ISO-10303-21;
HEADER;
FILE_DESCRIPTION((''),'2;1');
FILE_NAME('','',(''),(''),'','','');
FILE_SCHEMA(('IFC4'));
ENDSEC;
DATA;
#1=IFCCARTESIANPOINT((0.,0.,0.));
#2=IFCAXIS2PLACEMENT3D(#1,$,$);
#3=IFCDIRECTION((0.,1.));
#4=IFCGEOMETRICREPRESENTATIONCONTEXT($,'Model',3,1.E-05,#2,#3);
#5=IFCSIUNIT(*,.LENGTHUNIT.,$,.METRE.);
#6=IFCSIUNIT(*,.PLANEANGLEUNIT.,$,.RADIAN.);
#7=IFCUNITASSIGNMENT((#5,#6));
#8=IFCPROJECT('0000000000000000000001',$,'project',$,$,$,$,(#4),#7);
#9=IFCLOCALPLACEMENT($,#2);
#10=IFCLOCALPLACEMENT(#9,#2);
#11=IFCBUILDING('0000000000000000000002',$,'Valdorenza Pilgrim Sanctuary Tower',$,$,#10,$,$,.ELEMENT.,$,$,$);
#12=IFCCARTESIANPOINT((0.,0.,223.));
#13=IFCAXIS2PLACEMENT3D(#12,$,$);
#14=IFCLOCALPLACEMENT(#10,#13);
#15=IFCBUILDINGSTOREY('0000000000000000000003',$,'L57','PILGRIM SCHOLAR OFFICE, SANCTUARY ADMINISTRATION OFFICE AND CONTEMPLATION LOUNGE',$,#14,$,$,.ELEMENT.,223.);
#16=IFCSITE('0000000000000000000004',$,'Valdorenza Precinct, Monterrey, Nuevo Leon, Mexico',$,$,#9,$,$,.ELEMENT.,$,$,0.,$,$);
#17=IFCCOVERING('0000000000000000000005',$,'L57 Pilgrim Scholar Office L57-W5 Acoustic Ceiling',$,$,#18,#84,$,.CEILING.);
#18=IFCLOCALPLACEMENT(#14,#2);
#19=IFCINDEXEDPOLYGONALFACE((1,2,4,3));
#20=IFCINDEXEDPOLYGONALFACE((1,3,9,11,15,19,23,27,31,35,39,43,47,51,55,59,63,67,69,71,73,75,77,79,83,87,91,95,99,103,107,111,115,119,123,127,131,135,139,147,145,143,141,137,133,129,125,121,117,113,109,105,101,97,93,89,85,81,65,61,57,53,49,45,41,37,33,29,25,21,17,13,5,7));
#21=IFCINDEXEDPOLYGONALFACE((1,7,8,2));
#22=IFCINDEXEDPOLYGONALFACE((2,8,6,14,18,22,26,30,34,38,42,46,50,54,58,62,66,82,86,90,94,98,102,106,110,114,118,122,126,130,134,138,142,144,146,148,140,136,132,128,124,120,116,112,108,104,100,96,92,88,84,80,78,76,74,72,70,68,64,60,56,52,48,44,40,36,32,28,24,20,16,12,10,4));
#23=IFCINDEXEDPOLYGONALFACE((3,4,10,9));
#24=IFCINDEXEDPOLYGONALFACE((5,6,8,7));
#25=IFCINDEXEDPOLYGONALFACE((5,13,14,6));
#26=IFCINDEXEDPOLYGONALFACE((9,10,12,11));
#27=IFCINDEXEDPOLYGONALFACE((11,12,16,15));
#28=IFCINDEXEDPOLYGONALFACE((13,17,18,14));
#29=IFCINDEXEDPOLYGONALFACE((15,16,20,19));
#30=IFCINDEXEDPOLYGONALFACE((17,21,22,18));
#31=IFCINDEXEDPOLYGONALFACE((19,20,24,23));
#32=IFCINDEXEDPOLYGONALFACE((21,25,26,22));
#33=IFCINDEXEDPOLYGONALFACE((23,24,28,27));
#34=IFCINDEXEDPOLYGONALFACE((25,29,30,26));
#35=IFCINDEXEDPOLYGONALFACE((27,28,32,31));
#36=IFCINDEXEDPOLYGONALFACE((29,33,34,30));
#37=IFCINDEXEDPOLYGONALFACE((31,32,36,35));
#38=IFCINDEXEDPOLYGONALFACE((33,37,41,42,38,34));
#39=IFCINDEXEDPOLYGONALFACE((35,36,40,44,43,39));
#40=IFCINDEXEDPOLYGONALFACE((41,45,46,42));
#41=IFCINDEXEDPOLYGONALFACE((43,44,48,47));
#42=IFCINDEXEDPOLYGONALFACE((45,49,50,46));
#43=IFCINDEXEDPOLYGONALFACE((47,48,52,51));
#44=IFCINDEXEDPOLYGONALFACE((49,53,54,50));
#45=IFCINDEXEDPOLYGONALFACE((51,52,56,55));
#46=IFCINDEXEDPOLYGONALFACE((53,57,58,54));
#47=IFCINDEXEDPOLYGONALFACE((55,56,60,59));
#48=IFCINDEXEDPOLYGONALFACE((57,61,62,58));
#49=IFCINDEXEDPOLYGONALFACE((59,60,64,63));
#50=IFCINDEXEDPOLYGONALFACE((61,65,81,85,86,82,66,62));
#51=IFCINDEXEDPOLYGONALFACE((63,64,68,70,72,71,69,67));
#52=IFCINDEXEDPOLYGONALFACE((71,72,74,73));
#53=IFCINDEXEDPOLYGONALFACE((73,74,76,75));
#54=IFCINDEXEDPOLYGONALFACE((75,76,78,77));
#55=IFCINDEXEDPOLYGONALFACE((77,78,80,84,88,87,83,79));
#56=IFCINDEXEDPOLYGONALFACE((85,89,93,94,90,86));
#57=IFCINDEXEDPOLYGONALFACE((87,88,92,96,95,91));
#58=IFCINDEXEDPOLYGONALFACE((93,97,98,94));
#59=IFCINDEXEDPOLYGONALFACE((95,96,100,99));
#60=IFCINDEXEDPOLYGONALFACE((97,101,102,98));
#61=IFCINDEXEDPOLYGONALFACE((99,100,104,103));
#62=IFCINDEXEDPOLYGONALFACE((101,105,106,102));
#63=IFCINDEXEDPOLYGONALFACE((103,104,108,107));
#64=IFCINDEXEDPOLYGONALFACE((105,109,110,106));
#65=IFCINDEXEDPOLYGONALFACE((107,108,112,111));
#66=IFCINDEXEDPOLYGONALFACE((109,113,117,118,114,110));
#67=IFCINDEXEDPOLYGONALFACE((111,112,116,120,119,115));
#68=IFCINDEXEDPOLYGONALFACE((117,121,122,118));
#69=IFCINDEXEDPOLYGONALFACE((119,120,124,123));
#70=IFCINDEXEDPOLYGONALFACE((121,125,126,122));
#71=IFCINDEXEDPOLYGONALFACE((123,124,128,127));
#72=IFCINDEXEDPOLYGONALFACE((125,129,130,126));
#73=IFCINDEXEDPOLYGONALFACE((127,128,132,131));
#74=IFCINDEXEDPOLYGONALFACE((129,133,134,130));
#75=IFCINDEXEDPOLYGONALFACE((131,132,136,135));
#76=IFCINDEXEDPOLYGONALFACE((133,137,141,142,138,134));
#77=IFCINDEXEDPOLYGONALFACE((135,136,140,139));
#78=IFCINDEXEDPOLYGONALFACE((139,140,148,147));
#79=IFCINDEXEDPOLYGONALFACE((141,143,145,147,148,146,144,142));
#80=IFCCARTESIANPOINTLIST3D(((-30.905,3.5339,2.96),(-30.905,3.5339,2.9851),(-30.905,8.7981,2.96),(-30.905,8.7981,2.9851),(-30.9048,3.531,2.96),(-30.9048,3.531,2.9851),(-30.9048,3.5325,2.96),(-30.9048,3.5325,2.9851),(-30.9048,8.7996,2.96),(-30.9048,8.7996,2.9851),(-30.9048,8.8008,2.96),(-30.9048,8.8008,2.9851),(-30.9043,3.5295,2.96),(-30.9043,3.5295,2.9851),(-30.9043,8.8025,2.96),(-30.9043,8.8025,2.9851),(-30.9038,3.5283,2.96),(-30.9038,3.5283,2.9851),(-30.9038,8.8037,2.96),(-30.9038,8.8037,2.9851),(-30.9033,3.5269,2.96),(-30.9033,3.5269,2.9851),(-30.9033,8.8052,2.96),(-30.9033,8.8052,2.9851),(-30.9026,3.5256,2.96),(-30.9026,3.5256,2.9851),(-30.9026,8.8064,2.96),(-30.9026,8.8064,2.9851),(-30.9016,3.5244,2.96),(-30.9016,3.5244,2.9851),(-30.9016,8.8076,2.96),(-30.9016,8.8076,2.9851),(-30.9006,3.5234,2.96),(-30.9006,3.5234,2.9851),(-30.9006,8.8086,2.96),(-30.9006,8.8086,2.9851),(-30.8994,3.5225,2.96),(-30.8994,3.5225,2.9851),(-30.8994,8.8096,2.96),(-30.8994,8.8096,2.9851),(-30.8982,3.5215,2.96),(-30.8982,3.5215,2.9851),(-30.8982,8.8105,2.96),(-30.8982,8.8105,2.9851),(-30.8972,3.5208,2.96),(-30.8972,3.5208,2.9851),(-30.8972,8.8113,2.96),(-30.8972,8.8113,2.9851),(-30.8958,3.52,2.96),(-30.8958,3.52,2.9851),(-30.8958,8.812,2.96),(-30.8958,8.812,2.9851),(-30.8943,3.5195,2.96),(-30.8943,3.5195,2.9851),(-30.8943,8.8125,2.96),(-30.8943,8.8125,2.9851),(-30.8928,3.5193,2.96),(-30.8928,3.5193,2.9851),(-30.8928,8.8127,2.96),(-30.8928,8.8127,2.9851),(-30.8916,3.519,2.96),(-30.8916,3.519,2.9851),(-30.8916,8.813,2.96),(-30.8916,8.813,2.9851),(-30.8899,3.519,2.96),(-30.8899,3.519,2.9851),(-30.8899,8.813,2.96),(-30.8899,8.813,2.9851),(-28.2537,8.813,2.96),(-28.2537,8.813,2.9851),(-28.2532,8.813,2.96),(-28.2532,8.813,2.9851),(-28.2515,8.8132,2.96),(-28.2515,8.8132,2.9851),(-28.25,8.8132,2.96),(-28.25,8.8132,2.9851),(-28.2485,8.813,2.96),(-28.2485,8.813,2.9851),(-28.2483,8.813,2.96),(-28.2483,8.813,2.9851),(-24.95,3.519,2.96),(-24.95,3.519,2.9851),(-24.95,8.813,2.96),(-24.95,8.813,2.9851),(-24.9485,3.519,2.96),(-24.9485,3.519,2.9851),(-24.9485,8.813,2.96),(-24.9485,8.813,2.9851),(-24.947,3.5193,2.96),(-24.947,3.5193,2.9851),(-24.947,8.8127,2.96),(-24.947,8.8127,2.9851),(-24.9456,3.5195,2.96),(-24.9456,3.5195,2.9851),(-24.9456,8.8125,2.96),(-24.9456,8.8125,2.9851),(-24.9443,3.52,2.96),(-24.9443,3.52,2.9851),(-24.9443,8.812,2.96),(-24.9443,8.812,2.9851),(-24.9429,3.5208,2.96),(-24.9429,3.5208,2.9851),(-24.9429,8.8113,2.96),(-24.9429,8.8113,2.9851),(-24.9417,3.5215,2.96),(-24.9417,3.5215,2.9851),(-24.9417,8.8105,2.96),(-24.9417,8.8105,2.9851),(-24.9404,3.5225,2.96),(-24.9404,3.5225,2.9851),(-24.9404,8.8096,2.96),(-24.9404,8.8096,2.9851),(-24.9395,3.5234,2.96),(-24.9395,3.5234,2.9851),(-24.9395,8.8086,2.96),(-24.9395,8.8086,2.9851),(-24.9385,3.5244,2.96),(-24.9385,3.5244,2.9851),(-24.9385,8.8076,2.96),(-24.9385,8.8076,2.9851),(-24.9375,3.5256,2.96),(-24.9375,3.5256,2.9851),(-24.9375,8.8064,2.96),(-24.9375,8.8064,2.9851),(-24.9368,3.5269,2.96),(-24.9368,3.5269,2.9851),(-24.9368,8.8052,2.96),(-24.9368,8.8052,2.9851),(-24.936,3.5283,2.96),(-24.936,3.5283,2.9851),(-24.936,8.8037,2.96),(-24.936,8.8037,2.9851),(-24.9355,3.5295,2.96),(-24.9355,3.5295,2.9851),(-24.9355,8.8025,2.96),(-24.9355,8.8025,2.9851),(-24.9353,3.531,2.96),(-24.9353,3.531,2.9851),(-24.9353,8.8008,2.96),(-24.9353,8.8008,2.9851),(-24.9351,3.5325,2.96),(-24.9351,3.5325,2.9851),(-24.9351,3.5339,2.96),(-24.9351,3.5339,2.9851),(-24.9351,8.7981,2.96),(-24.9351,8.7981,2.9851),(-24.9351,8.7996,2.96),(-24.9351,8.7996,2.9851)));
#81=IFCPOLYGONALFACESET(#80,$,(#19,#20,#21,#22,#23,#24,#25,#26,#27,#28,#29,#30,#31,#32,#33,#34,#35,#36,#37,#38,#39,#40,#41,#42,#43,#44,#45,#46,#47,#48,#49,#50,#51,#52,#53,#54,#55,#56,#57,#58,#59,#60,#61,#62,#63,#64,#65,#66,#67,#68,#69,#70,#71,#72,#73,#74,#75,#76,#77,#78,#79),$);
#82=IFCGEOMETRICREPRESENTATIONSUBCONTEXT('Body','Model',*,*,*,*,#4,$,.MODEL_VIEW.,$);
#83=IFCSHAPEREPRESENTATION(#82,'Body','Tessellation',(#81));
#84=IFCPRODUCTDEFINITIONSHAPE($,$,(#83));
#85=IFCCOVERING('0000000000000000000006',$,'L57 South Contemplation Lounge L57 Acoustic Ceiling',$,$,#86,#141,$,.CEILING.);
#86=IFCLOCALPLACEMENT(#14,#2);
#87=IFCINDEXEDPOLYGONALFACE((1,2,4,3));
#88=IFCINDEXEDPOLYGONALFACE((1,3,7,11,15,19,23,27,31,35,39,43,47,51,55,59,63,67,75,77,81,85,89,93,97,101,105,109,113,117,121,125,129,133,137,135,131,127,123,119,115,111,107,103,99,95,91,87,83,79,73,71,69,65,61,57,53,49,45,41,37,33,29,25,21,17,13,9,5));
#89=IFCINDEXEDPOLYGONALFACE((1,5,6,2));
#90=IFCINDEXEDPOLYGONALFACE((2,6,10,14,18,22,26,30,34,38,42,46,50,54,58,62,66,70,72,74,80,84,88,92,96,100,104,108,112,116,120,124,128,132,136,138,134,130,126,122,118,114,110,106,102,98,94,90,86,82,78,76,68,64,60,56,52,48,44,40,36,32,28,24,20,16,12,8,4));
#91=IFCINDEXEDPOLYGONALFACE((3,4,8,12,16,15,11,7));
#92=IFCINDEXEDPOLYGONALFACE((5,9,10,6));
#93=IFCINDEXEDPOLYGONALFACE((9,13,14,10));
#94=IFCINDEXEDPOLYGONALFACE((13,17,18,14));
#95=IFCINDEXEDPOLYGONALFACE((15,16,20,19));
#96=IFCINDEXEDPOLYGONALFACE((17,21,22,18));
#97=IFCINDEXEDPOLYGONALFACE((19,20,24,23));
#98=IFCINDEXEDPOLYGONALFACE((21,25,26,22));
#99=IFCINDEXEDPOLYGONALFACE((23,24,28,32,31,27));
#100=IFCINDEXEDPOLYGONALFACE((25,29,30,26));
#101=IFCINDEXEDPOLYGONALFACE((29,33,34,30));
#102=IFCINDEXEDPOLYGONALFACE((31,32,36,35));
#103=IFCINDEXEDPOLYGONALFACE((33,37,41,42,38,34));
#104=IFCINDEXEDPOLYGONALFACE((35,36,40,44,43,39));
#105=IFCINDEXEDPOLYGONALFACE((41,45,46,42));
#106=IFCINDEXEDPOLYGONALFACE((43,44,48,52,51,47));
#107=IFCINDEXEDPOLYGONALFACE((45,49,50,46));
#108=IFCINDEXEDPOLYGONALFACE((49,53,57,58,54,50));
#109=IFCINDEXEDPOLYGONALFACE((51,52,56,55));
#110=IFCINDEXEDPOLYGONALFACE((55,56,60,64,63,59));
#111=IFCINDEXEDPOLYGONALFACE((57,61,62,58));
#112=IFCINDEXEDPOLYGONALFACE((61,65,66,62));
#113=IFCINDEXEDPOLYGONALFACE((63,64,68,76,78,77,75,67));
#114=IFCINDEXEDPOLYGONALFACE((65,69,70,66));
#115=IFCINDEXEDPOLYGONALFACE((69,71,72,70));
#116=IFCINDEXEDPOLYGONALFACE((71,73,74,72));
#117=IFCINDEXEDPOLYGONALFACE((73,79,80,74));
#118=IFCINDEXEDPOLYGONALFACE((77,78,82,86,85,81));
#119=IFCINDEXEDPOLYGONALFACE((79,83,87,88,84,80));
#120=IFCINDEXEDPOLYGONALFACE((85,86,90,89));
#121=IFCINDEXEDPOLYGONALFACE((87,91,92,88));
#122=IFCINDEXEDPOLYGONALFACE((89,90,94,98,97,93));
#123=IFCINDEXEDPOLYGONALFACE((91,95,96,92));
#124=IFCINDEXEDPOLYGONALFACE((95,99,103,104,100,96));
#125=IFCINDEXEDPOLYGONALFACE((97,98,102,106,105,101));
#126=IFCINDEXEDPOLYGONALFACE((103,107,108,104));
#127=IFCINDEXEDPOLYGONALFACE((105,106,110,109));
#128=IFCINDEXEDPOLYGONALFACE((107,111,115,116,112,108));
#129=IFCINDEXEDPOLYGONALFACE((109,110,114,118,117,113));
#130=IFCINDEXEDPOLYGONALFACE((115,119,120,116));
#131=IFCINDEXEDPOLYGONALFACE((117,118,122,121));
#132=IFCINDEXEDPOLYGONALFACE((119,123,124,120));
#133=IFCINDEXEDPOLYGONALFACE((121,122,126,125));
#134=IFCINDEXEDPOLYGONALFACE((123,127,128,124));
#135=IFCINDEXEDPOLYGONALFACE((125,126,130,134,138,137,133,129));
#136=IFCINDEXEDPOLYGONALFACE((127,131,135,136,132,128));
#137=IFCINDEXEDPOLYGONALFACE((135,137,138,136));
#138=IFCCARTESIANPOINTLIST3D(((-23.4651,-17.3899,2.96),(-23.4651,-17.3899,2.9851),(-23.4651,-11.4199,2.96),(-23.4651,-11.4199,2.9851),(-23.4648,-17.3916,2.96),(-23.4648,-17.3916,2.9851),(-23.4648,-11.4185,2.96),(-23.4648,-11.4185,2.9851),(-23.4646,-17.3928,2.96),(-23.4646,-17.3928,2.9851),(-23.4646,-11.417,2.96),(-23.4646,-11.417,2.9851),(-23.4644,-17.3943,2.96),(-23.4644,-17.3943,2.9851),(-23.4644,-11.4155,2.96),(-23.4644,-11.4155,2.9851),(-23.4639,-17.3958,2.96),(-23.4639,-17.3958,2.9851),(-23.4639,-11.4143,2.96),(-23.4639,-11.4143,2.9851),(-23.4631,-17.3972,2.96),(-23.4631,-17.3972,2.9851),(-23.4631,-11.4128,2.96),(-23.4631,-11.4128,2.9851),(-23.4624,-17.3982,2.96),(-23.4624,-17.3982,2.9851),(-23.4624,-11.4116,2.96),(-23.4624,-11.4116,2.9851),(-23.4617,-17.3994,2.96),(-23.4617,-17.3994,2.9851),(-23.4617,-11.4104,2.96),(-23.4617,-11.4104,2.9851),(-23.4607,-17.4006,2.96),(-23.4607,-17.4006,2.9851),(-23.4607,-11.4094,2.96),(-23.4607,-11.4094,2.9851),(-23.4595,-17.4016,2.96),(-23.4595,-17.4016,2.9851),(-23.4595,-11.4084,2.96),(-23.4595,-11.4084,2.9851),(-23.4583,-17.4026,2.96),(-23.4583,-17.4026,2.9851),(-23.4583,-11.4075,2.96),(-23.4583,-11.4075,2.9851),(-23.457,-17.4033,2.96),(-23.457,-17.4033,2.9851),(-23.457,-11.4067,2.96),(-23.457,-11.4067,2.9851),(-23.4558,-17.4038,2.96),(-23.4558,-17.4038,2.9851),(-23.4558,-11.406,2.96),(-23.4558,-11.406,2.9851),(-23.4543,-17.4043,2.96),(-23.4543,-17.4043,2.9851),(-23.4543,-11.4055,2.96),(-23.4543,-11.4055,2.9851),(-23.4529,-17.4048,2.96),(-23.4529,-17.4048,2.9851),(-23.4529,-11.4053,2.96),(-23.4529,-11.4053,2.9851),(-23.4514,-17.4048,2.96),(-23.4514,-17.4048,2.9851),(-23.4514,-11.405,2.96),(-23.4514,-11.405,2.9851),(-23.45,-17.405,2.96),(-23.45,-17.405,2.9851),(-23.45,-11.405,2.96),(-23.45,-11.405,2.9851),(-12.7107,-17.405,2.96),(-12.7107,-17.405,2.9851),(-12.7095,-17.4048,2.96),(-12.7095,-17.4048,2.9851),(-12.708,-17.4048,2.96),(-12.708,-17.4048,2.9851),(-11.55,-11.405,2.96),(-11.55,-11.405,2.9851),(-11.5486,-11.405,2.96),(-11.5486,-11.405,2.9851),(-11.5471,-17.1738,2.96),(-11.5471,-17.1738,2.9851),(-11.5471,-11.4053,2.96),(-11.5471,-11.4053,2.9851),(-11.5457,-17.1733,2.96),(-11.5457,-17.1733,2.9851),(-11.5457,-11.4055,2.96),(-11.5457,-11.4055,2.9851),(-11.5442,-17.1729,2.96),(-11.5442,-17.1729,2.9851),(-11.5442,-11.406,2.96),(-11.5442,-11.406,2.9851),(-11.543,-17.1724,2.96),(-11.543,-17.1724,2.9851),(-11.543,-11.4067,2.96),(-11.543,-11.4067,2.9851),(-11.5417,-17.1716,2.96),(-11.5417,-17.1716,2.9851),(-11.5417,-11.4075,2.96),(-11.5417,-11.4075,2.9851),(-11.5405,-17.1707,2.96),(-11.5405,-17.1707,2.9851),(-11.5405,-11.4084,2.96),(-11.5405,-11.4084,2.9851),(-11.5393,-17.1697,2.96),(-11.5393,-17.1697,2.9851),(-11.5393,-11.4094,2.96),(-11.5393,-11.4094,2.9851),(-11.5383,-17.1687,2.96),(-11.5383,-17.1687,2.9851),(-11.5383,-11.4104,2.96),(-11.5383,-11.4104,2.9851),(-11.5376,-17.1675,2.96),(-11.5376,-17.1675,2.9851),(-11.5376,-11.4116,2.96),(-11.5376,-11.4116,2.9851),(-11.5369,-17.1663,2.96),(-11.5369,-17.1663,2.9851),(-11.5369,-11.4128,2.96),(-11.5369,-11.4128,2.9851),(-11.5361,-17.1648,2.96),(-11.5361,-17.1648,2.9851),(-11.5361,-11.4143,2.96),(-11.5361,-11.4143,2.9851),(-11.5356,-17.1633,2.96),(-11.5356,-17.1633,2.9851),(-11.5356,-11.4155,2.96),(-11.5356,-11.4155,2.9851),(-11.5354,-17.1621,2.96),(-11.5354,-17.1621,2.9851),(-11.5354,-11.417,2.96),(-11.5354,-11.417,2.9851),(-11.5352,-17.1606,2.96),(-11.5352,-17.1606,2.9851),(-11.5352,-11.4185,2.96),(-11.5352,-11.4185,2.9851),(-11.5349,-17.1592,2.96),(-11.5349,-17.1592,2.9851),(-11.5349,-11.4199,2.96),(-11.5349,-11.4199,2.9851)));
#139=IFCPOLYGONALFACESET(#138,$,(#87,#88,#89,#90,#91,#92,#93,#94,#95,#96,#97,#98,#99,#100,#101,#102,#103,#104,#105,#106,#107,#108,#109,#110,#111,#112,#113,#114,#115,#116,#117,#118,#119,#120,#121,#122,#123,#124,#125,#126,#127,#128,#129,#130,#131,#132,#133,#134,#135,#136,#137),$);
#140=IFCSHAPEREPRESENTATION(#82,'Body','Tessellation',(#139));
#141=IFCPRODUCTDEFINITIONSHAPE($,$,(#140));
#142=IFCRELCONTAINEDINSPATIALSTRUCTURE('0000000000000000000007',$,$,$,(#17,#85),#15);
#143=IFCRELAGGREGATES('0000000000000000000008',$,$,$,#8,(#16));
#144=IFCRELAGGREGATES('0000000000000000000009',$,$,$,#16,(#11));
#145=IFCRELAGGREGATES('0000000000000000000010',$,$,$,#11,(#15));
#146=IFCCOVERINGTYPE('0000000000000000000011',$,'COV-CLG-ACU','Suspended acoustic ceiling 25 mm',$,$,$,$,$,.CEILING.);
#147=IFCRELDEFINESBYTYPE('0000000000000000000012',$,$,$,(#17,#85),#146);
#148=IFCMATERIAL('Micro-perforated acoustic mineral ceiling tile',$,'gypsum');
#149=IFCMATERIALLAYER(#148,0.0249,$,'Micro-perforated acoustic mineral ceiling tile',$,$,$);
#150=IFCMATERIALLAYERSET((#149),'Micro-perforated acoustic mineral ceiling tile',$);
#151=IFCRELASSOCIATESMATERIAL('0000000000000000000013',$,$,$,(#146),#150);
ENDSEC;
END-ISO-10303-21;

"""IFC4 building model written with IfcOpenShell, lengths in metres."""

from ifc_helpers import new_model, si_unit, direction, frame, origin, place, context, subcontext, project, spatial, polyline, outline, extrude, material, layer, layer_set, type_object, element, save


model = new_model("IFC4")

# Units and contexts
model_context = context("Model", 3, precision=1e-05, world=origin(), true_north=direction((0.0, 1.0)))
body_context = subcontext(model_context, "Body", "Model", "MODEL_VIEW")
ifc_project = project(units=[si_unit("LENGTHUNIT", "METRE"), si_unit("PLANEANGLEUNIT", "RADIAN")], contexts=[model_context])

# Site, building, storey
site_placement = place(None, origin())
site = spatial("IfcSite", under=ifc_project, at=site_placement, Name="Valdorenza Precinct, Monterrey, Nuevo Leon, Mexico", CompositionType="ELEMENT", RefElevation=0.0)
building_placement = place(site_placement, origin())
building = spatial("IfcBuilding", under=site, at=building_placement, Name="Valdorenza Pilgrim Sanctuary Tower", CompositionType="ELEMENT")
storey_placement = place(building_placement, frame((0.0, 0.0, 223.0)))
storey = spatial("IfcBuildingStorey", under=building, at=storey_placement, Name="L57", Description="PILGRIM SCHOLAR OFFICE, SANCTUARY ADMINISTRATION OFFICE AND CONTEMPLATION LOUNGE", CompositionType="ELEMENT", Elevation=223.0)

# Coverings
ifc_material_1 = material(Name="Micro-perforated acoustic mineral ceiling tile", Category="gypsum")
ifc_layer_1 = layer(ifc_material_1, 0.0249, Name="Micro-perforated acoustic mineral ceiling tile")
ifc_layer_set_1 = layer_set([ifc_layer_1], Name="Micro-perforated acoustic mineral ceiling tile")
covering_type_1 = type_object("IfcCoveringType", Name="COV-CLG-ACU", Description="Suspended acoustic ceiling 25 mm", PredefinedType="CEILING", material=ifc_layer_set_1)
covering_1_placement = place(storey_placement, frame((0.0, 0.0, 2.96)))
element("IfcCovering", 1, at=covering_1_placement, inside=storey, type_object=covering_type_1, Name="L57 Pilgrim Scholar Office L57-W5 Acoustic Ceiling", PredefinedType="CEILING", context=body_context, shape_type="SweptSolid", body=[
    extrude(outline(polyline([(-28.2537, 8.813), (-28.2532, 8.813), (-28.2515, 8.8132), (-28.25, 8.8132), (-28.2485, 8.813), (-28.2483, 8.813), (-24.95, 8.813), (-24.9485, 8.813), (-24.947, 8.8127), (-24.9456, 8.8125), (-24.9443, 8.812), (-24.9429, 8.8113), (-24.9417, 8.8105), (-24.9404, 8.8096), (-24.9395, 8.8086), (-24.9385, 8.8076), (-24.9375, 8.8064), (-24.9368, 8.8052), (-24.936, 8.8037), (-24.9355, 8.8025), (-24.9353, 8.8008), (-24.9351, 8.7996), (-24.9351, 8.7981), (-24.9351, 3.5339), (-24.9351, 3.5325), (-24.9353, 3.531), (-24.9355, 3.5295), (-24.936, 3.5283), (-24.9368, 3.5269), (-24.9375, 3.5256), (-24.9385, 3.5244), (-24.9395, 3.5234), (-24.9404, 3.5225), (-24.9417, 3.5215), (-24.9429, 3.5208), (-24.9443, 3.52), (-24.9456, 3.5195), (-24.947, 3.5193), (-24.9485, 3.519), (-24.95, 3.519), (-30.8899, 3.519), (-30.8916, 3.519), (-30.8928, 3.5193), (-30.8943, 3.5195), (-30.8958, 3.52), (-30.8972, 3.5208), (-30.8982, 3.5215), (-30.8994, 3.5225), (-30.9006, 3.5234), (-30.9016, 3.5244), (-30.9026, 3.5256), (-30.9033, 3.5269), (-30.9038, 3.5283), (-30.9043, 3.5295), (-30.9048, 3.531), (-30.9048, 3.5325), (-30.905, 3.5339), (-30.905, 8.7981), (-30.9048, 8.7996), (-30.9048, 8.8008), (-30.9043, 8.8025), (-30.9038, 8.8037), (-30.9033, 8.8052), (-30.9026, 8.8064), (-30.9016, 8.8076), (-30.9006, 8.8086), (-30.8994, 8.8096), (-30.8982, 8.8105), (-30.8972, 8.8113), (-30.8958, 8.812), (-30.8943, 8.8125), (-30.8928, 8.8127), (-30.8916, 8.813), (-30.8899, 8.813), (-28.2537, 8.813)])), origin(), (0.0, 0.0, 1.0), 0.0251),
])
covering_2_placement = place(storey_placement, frame((0.0, 0.0, 2.96)))
element("IfcCovering", 2, at=covering_2_placement, inside=storey, type_object=covering_type_1, Name="L57 South Contemplation Lounge L57 Acoustic Ceiling", PredefinedType="CEILING", context=body_context, shape_type="SweptSolid", body=[
    extrude(outline(polyline([(-11.55, -11.405), (-11.5486, -11.405), (-11.5471, -11.4053), (-11.5457, -11.4055), (-11.5442, -11.406), (-11.543, -11.4067), (-11.5417, -11.4075), (-11.5405, -11.4084), (-11.5393, -11.4094), (-11.5383, -11.4104), (-11.5376, -11.4116), (-11.5369, -11.4128), (-11.5361, -11.4143), (-11.5356, -11.4155), (-11.5354, -11.417), (-11.5352, -11.4185), (-11.5349, -11.4199), (-11.5349, -17.1592), (-11.5352, -17.1606), (-11.5354, -17.1621), (-11.5356, -17.1633), (-11.5361, -17.1648), (-11.5369, -17.1663), (-11.5376, -17.1675), (-11.5383, -17.1687), (-11.5393, -17.1697), (-11.5405, -17.1707), (-11.5417, -17.1716), (-11.543, -17.1724), (-11.5442, -17.1729), (-11.5457, -17.1733), (-11.5471, -17.1738), (-12.708, -17.4048), (-12.7095, -17.4048), (-12.7107, -17.405), (-23.45, -17.405), (-23.4514, -17.4048), (-23.4529, -17.4048), (-23.4543, -17.4043), (-23.4558, -17.4038), (-23.457, -17.4033), (-23.4583, -17.4026), (-23.4595, -17.4016), (-23.4607, -17.4006), (-23.4617, -17.3994), (-23.4624, -17.3982), (-23.4631, -17.3972), (-23.4639, -17.3958), (-23.4644, -17.3943), (-23.4646, -17.3928), (-23.4648, -17.3916), (-23.4651, -17.3899), (-23.4651, -11.4199), (-23.4648, -11.4185), (-23.4646, -11.417), (-23.4644, -11.4155), (-23.4639, -11.4143), (-23.4631, -11.4128), (-23.4624, -11.4116), (-23.4617, -11.4104), (-23.4607, -11.4094), (-23.4595, -11.4084), (-23.4583, -11.4075), (-23.457, -11.4067), (-23.4558, -11.406), (-23.4543, -11.4055), (-23.4529, -11.4053), (-23.4514, -11.405), (-23.45, -11.405), (-11.55, -11.405)])), origin(), (0.0, 0.0, 1.0), 0.0251),
])

save(model, "model.ifc")
